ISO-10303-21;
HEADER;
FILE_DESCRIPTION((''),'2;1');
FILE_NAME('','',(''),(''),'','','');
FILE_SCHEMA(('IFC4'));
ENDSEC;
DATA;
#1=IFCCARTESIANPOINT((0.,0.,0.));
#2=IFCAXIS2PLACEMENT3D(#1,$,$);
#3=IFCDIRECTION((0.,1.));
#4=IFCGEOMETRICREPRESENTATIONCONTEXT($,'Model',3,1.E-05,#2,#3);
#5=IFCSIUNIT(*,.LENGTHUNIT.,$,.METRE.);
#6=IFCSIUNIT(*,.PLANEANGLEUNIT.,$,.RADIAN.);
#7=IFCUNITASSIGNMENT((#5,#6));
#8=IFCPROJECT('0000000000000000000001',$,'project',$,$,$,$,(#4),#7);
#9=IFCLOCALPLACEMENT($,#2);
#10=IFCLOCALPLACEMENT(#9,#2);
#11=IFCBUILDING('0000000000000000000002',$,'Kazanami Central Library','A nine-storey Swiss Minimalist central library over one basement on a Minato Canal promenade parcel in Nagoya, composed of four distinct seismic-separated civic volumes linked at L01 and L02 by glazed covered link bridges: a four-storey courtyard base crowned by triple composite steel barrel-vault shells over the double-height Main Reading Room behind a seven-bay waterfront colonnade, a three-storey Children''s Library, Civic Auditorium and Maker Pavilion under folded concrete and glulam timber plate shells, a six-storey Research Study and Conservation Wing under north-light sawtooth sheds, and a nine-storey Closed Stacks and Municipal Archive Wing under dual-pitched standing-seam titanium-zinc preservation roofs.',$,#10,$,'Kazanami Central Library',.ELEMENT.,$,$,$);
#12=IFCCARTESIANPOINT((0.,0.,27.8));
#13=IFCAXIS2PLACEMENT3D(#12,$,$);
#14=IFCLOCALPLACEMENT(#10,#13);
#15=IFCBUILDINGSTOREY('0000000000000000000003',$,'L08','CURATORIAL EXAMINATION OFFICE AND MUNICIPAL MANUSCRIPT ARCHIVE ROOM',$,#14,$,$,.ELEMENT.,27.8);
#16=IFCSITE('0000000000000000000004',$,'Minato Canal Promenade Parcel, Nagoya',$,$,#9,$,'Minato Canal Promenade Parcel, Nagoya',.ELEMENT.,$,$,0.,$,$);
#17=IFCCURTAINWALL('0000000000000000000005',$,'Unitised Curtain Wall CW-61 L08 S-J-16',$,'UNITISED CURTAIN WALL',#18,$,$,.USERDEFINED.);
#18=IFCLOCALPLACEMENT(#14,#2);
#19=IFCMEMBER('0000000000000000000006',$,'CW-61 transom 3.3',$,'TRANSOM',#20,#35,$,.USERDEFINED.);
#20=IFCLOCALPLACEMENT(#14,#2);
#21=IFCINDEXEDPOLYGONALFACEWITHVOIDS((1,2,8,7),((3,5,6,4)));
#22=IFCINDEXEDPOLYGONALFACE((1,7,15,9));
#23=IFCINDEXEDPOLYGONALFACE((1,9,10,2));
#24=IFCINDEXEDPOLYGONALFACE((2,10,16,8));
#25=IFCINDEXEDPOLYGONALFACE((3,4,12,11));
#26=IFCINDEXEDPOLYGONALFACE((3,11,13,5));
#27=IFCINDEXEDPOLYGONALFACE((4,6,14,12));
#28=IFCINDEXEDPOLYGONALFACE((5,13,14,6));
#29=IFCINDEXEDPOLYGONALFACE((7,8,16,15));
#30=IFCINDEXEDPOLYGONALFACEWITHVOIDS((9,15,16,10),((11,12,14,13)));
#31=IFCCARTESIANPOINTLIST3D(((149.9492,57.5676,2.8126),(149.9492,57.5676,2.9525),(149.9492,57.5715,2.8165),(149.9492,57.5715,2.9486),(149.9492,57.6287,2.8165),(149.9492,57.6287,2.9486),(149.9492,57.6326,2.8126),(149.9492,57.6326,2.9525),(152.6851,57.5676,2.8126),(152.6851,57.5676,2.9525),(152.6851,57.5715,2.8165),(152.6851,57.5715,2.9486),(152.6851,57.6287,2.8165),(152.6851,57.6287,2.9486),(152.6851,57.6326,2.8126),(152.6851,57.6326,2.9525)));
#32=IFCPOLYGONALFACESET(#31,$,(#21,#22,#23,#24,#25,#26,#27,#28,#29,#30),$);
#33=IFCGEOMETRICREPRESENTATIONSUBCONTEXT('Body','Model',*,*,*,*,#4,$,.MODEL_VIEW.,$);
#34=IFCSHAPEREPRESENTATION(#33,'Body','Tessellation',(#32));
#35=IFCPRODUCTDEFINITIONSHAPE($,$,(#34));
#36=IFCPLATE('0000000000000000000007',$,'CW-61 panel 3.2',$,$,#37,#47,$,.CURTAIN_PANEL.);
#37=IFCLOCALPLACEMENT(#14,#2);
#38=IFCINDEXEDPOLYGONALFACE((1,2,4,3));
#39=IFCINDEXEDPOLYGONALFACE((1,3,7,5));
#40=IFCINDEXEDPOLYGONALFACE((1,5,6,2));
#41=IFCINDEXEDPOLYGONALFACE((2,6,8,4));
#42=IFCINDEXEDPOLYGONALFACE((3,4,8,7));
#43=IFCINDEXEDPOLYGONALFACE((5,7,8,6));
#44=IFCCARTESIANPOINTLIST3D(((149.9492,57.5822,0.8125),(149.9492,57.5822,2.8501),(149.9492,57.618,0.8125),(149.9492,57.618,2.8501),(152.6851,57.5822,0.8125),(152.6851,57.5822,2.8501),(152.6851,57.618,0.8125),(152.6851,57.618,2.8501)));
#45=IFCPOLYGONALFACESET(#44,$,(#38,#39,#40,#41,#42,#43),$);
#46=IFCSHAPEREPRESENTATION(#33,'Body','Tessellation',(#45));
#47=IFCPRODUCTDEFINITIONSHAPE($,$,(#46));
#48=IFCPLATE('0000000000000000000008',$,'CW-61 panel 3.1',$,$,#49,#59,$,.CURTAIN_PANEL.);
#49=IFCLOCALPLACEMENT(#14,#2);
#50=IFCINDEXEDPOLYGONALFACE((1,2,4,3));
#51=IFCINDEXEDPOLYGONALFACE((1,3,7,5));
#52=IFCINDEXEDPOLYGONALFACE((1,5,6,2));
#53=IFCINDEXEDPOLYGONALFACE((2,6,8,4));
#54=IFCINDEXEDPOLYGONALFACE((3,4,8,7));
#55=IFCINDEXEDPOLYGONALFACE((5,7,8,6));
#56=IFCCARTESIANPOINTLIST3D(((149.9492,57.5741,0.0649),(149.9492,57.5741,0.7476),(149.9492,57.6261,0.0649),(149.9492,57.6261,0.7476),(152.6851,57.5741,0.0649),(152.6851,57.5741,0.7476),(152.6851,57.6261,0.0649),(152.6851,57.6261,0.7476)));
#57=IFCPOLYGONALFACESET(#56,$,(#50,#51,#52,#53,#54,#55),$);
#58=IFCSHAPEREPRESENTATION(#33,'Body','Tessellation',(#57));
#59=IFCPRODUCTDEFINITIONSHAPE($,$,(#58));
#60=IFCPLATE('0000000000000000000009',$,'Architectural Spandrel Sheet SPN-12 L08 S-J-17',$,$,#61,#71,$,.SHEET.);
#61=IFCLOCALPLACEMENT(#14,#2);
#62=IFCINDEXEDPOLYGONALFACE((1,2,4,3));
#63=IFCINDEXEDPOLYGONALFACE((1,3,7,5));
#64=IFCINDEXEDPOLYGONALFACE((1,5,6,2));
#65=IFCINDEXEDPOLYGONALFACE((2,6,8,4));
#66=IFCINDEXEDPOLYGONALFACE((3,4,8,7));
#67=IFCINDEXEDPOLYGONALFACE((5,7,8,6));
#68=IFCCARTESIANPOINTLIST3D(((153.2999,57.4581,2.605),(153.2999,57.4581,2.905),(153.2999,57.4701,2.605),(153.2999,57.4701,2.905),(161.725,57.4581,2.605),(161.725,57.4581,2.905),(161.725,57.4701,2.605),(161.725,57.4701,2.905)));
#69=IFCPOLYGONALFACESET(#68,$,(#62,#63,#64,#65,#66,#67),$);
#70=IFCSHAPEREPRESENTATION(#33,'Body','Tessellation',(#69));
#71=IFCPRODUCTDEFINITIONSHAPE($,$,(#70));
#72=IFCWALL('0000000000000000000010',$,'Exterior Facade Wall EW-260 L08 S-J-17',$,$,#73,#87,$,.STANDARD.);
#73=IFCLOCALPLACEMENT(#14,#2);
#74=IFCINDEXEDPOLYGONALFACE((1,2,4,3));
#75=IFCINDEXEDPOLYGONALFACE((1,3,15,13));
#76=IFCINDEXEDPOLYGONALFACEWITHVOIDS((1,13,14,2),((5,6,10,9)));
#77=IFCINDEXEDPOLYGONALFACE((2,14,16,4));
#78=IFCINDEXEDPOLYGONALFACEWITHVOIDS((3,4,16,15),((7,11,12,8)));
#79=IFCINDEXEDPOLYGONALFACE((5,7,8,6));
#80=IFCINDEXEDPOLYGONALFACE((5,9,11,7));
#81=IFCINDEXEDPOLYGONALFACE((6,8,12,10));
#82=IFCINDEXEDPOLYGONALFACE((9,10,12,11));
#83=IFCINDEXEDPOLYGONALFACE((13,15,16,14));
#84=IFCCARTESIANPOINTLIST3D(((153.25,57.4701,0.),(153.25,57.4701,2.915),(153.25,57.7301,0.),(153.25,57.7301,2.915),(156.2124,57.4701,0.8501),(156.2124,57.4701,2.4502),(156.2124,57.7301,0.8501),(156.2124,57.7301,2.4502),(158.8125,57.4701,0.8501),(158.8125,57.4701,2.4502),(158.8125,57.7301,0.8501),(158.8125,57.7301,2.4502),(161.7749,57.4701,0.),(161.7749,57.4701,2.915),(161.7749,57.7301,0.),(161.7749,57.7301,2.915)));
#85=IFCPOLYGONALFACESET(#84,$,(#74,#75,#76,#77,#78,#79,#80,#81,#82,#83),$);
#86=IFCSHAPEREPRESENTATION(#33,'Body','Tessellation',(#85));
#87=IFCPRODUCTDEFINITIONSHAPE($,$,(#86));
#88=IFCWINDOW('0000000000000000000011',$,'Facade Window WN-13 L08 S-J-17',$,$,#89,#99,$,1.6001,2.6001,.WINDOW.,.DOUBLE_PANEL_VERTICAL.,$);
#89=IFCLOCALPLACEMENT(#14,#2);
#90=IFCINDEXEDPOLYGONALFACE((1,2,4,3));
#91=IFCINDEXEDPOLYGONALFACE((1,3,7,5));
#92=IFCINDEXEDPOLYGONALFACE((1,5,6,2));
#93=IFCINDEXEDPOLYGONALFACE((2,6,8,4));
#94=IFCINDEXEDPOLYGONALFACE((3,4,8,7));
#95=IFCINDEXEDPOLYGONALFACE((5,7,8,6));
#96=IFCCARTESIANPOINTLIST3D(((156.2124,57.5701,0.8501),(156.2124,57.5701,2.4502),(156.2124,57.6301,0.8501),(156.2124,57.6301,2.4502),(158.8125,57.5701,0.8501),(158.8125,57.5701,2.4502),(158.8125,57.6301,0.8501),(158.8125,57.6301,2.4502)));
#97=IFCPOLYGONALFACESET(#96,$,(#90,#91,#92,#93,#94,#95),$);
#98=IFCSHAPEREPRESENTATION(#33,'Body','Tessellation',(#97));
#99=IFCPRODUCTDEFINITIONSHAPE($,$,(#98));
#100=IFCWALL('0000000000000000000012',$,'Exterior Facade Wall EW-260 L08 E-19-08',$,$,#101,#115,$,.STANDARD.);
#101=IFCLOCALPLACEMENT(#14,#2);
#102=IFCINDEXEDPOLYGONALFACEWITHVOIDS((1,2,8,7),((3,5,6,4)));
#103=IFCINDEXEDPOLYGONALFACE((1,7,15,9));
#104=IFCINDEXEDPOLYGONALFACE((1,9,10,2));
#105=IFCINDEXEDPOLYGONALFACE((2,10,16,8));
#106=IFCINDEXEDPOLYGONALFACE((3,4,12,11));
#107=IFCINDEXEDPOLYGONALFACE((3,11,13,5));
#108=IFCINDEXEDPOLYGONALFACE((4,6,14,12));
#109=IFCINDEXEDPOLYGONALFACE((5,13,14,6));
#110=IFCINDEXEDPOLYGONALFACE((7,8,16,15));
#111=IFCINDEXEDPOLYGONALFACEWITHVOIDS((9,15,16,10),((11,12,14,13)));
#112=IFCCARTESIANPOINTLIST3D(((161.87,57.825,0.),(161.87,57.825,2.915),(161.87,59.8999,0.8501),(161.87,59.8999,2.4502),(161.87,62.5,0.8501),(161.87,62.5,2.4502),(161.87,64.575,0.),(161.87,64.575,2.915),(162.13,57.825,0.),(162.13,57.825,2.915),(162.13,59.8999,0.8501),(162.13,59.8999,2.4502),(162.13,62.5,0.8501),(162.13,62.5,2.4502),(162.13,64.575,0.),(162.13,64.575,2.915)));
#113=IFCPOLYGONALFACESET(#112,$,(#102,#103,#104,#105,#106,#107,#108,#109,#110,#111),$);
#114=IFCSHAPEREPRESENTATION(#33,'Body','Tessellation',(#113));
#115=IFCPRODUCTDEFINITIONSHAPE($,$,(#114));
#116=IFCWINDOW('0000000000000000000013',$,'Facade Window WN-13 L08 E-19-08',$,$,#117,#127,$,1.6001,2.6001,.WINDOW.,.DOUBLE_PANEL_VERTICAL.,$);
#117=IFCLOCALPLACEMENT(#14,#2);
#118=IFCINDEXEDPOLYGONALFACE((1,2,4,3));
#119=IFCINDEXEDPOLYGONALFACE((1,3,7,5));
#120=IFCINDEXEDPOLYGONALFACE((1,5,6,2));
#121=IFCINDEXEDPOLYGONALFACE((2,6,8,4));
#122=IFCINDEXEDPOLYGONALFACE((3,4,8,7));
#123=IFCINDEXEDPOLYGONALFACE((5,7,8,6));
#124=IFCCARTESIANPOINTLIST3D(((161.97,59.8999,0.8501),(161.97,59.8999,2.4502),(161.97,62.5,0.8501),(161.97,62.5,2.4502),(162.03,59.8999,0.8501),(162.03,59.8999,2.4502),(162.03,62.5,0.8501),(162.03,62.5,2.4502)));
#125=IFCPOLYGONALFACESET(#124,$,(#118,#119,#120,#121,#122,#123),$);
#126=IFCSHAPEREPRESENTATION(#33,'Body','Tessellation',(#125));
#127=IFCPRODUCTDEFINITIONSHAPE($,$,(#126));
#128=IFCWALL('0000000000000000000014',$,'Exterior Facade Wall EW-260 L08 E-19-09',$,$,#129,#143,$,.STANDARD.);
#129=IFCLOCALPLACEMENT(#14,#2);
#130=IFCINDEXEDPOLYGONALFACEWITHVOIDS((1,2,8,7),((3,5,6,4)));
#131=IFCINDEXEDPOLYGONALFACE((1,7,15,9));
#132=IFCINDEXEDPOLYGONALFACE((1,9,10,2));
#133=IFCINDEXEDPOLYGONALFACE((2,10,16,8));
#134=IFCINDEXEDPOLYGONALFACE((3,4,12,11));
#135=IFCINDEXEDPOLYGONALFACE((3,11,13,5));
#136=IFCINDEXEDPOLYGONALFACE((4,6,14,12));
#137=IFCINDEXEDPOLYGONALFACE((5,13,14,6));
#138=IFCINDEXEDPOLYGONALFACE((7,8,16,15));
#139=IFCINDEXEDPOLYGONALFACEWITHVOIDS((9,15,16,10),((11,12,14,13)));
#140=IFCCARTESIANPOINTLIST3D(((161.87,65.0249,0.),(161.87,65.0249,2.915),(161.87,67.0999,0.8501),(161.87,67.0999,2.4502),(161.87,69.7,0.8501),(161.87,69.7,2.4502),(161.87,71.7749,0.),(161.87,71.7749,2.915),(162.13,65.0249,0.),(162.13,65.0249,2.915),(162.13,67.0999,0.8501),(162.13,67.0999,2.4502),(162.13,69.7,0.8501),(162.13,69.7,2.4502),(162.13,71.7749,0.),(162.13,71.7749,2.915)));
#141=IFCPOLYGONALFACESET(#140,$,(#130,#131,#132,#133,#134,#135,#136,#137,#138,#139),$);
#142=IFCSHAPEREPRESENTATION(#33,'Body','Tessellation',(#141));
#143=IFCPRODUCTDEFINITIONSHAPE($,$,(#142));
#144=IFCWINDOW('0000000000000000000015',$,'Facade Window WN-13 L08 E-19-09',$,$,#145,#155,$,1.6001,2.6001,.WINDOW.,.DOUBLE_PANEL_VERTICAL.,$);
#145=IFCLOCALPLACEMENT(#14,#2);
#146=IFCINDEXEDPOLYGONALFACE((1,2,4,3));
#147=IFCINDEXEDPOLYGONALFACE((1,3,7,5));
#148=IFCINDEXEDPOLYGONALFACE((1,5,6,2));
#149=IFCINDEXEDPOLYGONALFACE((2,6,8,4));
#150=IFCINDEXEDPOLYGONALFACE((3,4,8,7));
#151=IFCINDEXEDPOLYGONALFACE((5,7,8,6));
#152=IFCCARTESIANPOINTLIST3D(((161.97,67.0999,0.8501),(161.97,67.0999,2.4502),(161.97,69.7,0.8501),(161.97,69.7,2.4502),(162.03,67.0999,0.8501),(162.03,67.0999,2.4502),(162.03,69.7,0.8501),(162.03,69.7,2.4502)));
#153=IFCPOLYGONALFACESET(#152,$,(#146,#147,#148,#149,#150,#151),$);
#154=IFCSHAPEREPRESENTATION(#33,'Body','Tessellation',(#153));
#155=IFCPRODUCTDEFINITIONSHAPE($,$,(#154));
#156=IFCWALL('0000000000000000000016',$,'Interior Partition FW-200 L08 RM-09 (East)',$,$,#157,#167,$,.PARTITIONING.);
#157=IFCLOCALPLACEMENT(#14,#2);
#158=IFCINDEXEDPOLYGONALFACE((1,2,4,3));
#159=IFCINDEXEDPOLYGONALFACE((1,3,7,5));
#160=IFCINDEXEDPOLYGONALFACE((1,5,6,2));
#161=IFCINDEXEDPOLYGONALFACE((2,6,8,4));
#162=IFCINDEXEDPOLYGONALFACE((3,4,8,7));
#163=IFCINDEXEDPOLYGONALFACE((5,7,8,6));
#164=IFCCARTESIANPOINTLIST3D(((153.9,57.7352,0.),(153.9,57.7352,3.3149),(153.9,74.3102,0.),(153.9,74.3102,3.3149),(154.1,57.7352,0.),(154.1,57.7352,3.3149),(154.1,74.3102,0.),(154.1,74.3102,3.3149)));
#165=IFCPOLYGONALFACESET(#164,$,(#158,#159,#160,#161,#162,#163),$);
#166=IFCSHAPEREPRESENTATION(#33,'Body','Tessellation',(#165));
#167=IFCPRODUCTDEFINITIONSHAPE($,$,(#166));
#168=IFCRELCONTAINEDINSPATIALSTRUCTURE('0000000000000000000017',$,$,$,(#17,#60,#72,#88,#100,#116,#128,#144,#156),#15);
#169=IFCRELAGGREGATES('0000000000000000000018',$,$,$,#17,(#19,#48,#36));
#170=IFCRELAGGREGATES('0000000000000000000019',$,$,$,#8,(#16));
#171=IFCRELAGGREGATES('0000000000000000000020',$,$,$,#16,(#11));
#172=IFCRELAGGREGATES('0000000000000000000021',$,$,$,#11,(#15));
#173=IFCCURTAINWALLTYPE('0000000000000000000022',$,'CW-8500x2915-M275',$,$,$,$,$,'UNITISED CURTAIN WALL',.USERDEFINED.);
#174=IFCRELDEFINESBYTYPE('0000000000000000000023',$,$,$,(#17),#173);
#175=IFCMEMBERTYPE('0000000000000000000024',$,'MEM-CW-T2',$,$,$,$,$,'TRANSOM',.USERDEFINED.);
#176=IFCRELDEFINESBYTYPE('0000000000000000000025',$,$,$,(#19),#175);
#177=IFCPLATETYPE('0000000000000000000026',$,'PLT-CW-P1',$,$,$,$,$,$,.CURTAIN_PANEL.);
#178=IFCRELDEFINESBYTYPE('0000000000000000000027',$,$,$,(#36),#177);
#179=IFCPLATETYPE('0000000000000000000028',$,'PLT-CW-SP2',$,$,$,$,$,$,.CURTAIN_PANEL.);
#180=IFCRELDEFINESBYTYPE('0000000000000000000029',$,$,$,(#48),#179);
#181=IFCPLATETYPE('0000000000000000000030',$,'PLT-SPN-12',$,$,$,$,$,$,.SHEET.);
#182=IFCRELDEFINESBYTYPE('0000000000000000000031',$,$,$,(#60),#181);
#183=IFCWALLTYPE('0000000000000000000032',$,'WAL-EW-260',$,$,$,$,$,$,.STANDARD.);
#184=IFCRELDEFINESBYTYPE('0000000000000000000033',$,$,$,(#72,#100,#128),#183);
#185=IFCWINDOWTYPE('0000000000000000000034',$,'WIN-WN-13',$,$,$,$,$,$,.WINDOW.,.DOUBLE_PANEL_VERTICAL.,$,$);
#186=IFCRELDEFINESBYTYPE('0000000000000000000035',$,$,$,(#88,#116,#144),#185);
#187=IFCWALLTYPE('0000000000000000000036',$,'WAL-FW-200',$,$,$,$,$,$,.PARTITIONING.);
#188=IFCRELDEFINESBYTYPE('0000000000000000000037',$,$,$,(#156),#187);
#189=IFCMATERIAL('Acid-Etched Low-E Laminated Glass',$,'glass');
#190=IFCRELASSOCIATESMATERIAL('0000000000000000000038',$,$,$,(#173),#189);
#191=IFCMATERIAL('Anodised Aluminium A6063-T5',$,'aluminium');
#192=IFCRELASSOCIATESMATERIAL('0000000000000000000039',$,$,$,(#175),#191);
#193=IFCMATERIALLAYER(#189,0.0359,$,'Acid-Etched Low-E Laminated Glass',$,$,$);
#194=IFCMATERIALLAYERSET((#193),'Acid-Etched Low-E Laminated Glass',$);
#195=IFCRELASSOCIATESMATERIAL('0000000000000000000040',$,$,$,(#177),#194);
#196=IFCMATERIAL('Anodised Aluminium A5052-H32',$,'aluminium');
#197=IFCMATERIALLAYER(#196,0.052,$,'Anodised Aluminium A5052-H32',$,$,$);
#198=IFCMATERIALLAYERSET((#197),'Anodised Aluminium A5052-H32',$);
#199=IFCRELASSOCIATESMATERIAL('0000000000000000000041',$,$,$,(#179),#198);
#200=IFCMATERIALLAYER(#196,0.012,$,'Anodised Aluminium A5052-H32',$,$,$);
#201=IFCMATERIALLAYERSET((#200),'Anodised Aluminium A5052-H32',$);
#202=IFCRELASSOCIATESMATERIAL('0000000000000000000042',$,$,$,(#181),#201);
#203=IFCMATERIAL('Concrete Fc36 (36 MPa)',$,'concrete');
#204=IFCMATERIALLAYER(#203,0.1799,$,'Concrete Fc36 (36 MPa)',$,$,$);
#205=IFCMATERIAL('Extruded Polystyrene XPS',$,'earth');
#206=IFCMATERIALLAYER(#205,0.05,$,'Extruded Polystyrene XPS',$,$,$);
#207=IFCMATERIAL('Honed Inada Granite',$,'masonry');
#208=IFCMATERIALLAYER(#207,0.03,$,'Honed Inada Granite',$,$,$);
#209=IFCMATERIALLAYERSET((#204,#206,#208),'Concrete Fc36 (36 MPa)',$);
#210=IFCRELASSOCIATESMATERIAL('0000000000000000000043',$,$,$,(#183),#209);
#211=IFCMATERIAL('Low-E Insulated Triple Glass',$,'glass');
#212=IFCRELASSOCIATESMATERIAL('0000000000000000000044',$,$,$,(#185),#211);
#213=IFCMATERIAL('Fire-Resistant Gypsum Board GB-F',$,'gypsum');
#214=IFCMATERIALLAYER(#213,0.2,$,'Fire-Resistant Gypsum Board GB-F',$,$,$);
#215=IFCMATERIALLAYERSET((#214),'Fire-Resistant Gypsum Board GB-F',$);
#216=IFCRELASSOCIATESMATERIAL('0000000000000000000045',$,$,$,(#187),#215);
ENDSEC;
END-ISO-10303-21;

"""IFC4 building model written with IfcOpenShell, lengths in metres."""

from ifc_helpers import new_model, si_unit, direction, frame, frame_2d, origin, origin_2d, place, context, subcontext, project, spatial, rectangle, hollow_rectangle, extrude, material, layer, layer_set, material_profile, profile_set, type_object, element, fill, aggregate, save


model = new_model("IFC4")

# Units and contexts
model_context = context("Model", 3, precision=1e-05, world=origin(), true_north=direction((0.0, 1.0)))
body_context = subcontext(model_context, "Body", "Model", "MODEL_VIEW")
ifc_project = project(units=[si_unit("LENGTHUNIT", "METRE"), si_unit("PLANEANGLEUNIT", "RADIAN")], contexts=[model_context])

# Site, building, storey
site_placement = place(None, origin())
site = spatial("IfcSite", under=ifc_project, at=site_placement, Name="Minato Canal Promenade Parcel, Nagoya", LongName="Minato Canal Promenade Parcel, Nagoya", CompositionType="ELEMENT", RefElevation=0.0)
building_placement = place(site_placement, origin())
building = spatial("IfcBuilding", under=site, at=building_placement, Name="Kazanami Central Library", Description="A nine-storey Swiss Minimalist central library over one basement on a Minato Canal promenade parcel in Nagoya, composed of four distinct seismic-separated civic volumes linked at L01 and L02 by glazed covered link bridges: a four-storey courtyard base crowned by triple composite steel barrel-vault shells over the double-height Main Reading Room behind a seven-bay waterfront colonnade, a three-storey Children's Library, Civic Auditorium and Maker Pavilion under folded concrete and glulam timber plate shells, a six-storey Research Study and Conservation Wing under north-light sawtooth sheds, and a nine-storey Closed Stacks and Municipal Archive Wing under dual-pitched standing-seam titanium-zinc preservation roofs.", LongName="Kazanami Central Library", CompositionType="ELEMENT")
storey_placement = place(building_placement, frame((0.0, 0.0, 27.8)))
storey = spatial("IfcBuildingStorey", under=building, at=storey_placement, Name="L08", Description="CURATORIAL EXAMINATION OFFICE AND MUNICIPAL MANUSCRIPT ARCHIVE ROOM", CompositionType="ELEMENT", Elevation=27.8)

# Curtain wall, member, plates
ifc_material_1 = material(Name="Acid-Etched Low-E Laminated Glass", Category="glass")
curtain_wall_type = type_object("IfcCurtainWallType", Name="CW-8500x2915-M275", ElementType="UNITISED CURTAIN WALL", PredefinedType="USERDEFINED", material=ifc_material_1)
curtain_wall_placement = place(storey_placement, origin())
curtain_wall = element("IfcCurtainWall", 1, at=curtain_wall_placement, inside=storey, type_object=curtain_wall_type, Name="Unitised Curtain Wall CW-61 L08 S-J-16", ObjectType="UNITISED CURTAIN WALL", PredefinedType="USERDEFINED")
ifc_material_2 = material(Name="Anodised Aluminium A6063-T5", Category="aluminium")
ifc_material_profile_1 = material_profile(ifc_material_2, hollow_rectangle(XDim=0.0649, YDim=0.1399, WallThickness=0.0039, at=origin_2d()), Name="ALU-TRAN-65x140x4")
ifc_profile_set_1 = profile_set([ifc_material_profile_1], Name="Anodised Aluminium A6063-T5")
member_type_1 = type_object("IfcMemberType", Name="MEM-CW-T2", ElementType="TRANSOM", PredefinedType="USERDEFINED", material=ifc_profile_set_1)
member_1_placement = place(storey_placement, frame((149.9492, 57.6001, 2.8826), z_axis=(1.0, 0.0, 0.0), x_axis=(0.0, 1.0, 0.0)))
member_1 = element("IfcMember", 2, at=member_1_placement, type_object=member_type_1, Name="CW-61 transom 3.3", ObjectType="TRANSOM", PredefinedType="USERDEFINED", context=body_context, shape_type="SweptSolid", body=[
    extrude(hollow_rectangle(XDim=0.0649, YDim=0.1399, WallThickness=0.0039, at=origin_2d()), origin(), (0.0, 0.0, 1.0), 2.7358),
])
ifc_layer_1 = layer(ifc_material_1, 0.0359, Name="Acid-Etched Low-E Laminated Glass")
ifc_layer_set_1 = layer_set([ifc_layer_1], Name="Acid-Etched Low-E Laminated Glass")
plate_type_1 = type_object("IfcPlateType", Name="PLT-CW-P1", PredefinedType="CURTAIN_PANEL", material=ifc_layer_set_1)
plate_1_placement = place(storey_placement, frame((151.3171, 57.6001, 0.8125), z_axis=(0.0, 0.0, 1.0), x_axis=(1.0, 0.0, 0.0)))
plate_1 = element("IfcPlate", 3, at=plate_1_placement, type_object=plate_type_1, Name="CW-61 panel 3.2", PredefinedType="CURTAIN_PANEL", context=body_context, shape_type="SweptSolid", body=[
    extrude(rectangle(XDim=2.7358, YDim=0.0359, at=origin_2d()), origin(), (0.0, 0.0, 1.0), 2.0376),
])
ifc_material_3 = material(Name="Anodised Aluminium A5052-H32", Category="aluminium")
ifc_layer_2 = layer(ifc_material_3, 0.052, Name="Anodised Aluminium A5052-H32")
ifc_layer_set_2 = layer_set([ifc_layer_2], Name="Anodised Aluminium A5052-H32")
plate_type_2 = type_object("IfcPlateType", Name="PLT-CW-SP2", PredefinedType="CURTAIN_PANEL", material=ifc_layer_set_2)
plate_2_placement = place(storey_placement, frame((151.3171, 57.6001, 0.0649), z_axis=(0.0, 0.0, 1.0), x_axis=(1.0, 0.0, 0.0)))
plate_2 = element("IfcPlate", 4, at=plate_2_placement, type_object=plate_type_2, Name="CW-61 panel 3.1", PredefinedType="CURTAIN_PANEL", context=body_context, shape_type="SweptSolid", body=[
    extrude(rectangle(XDim=2.7358, YDim=0.052, at=origin_2d()), origin(), (0.0, 0.0, 1.0), 0.6826),
])
aggregate(curtain_wall, [member_1, plate_2, plate_1])

# Plate
ifc_layer_3 = layer(ifc_material_3, 0.012, Name="Anodised Aluminium A5052-H32")
ifc_layer_set_3 = layer_set([ifc_layer_3], Name="Anodised Aluminium A5052-H32")
plate_type_3 = type_object("IfcPlateType", Name="PLT-SPN-12", PredefinedType="SHEET", material=ifc_layer_set_3)
plate_3_placement = place(storey_placement, frame((157.5125, 57.4641, 2.605), z_axis=(0.0, 0.0, 1.0), x_axis=(1.0, 0.0, 0.0)))
element("IfcPlate", 5, at=plate_3_placement, inside=storey, type_object=plate_type_3, Name="Architectural Spandrel Sheet SPN-12 L08 S-J-17", PredefinedType="SHEET", context=body_context, shape_type="SweptSolid", body=[
    extrude(rectangle(XDim=8.425, YDim=0.012, at=origin_2d()), origin(), (0.0, 0.0, 1.0), 0.3),
])

# Walls, openings, windows
ifc_material_4 = material(Name="Concrete Fc36 (36 MPa)", Category="concrete")
ifc_layer_4 = layer(ifc_material_4, 0.1799, Name="Concrete Fc36 (36 MPa)")
ifc_material_5 = material(Name="Extruded Polystyrene XPS", Category="earth")
ifc_layer_5 = layer(ifc_material_5, 0.05, Name="Extruded Polystyrene XPS")
ifc_material_6 = material(Name="Honed Inada Granite", Category="masonry")
ifc_layer_6 = layer(ifc_material_6, 0.03, Name="Honed Inada Granite")
ifc_layer_set_4 = layer_set([ifc_layer_4, ifc_layer_5, ifc_layer_6], Name="Concrete Fc36 (36 MPa)")
wall_type_1 = type_object("IfcWallType", Name="WAL-EW-260", PredefinedType="STANDARD", material=ifc_layer_set_4)
wall_1_placement = place(storey_placement, frame((153.25, 57.6001, 0.0), z_axis=(0.0, 0.0, 1.0), x_axis=(1.0, 0.0, 0.0)))
wall_1 = element("IfcWall", 6, at=wall_1_placement, inside=storey, type_object=wall_type_1, Name="Exterior Facade Wall EW-260 L08 S-J-17", PredefinedType="STANDARD", context=body_context, shape_type="SweptSolid", body=[
    extrude(rectangle(XDim=8.5249, YDim=0.26, at=frame_2d((4.2625, 0.0))), origin(), (0.0, 0.0, 1.0), 2.915),
])
opening_1_placement = place(wall_1_placement, frame((2.9624, 0.0, 0.8501)))
opening_1 = element("IfcOpeningElement", 7, at=opening_1_placement, cuts=wall_1, PredefinedType="OPENING", context=body_context, shape_type="SweptSolid", body=[
    extrude(rectangle(XDim=2.6001, YDim=1.6001, at=frame_2d((1.3, 0.8))), frame((0.0, 0.1421, 0.0), z_axis=(0.0, -1.0, 0.0), x_axis=(1.0, 0.0, 0.0)), (0.0, 0.0, 1.0), 0.2839),
])
ifc_material_7 = material(Name="Low-E Insulated Triple Glass", Category="glass")
window_type = type_object("IfcWindowType", Name="WIN-WN-13", PartitioningType="DOUBLE_PANEL_VERTICAL", PredefinedType="WINDOW", material=ifc_material_7)
window_1_placement = place(opening_1_placement, origin())
window_1 = element("IfcWindow", 8, at=window_1_placement, inside=storey, type_object=window_type, Name="Facade Window WN-13 L08 S-J-17", OverallHeight=1.6001, OverallWidth=2.6001, PartitioningType="DOUBLE_PANEL_VERTICAL", PredefinedType="WINDOW", context=body_context, shape_type="SweptSolid", body=[
    extrude(rectangle(XDim=2.6001, YDim=1.6001, at=frame_2d((1.3, 0.8))), frame((0.0, 0.03, 0.0), z_axis=(0.0, -1.0, 0.0), x_axis=(1.0, 0.0, 0.0)), (0.0, 0.0, 1.0), 0.0601),
])
fill(opening_1, window_1)
wall_2_placement = place(storey_placement, frame((162.0, 64.575, 0.0), z_axis=(0.0, 0.0, 1.0), x_axis=(0.0, -1.0, 0.0)))
wall_2 = element("IfcWall", 9, at=wall_2_placement, inside=storey, type_object=wall_type_1, Name="Exterior Facade Wall EW-260 L08 E-19-08", PredefinedType="STANDARD", context=body_context, shape_type="SweptSolid", body=[
    extrude(rectangle(XDim=6.75, YDim=0.26, at=frame_2d((3.375, 0.0))), origin(), (0.0, 0.0, 1.0), 2.915),
])
opening_2_placement = place(wall_2_placement, frame((2.075, 0.0, 0.8501)))
opening_2 = element("IfcOpeningElement", 10, at=opening_2_placement, cuts=wall_2, PredefinedType="OPENING", context=body_context, shape_type="SweptSolid", body=[
    extrude(rectangle(XDim=2.6001, YDim=1.6001, at=frame_2d((1.3, 0.8))), frame((0.0, 0.1421, 0.0), z_axis=(0.0, -1.0, 0.0), x_axis=(1.0, 0.0, 0.0)), (0.0, 0.0, 1.0), 0.2839),
])
window_2_placement = place(opening_2_placement, origin())
window_2 = element("IfcWindow", 11, at=window_2_placement, inside=storey, type_object=window_type, Name="Facade Window WN-13 L08 E-19-08", OverallHeight=1.6001, OverallWidth=2.6001, PartitioningType="DOUBLE_PANEL_VERTICAL", PredefinedType="WINDOW", context=body_context, shape_type="SweptSolid", body=[
    extrude(rectangle(XDim=2.6001, YDim=1.6001, at=frame_2d((1.3, 0.8))), frame((0.0, 0.03, 0.0), z_axis=(0.0, -1.0, 0.0), x_axis=(1.0, 0.0, 0.0)), (0.0, 0.0, 1.0), 0.0601),
])
fill(opening_2, window_2)
wall_3_placement = place(storey_placement, frame((162.0, 71.7749, 0.0), z_axis=(0.0, 0.0, 1.0), x_axis=(0.0, -1.0, 0.0)))
wall_3 = element("IfcWall", 12, at=wall_3_placement, inside=storey, type_object=wall_type_1, Name="Exterior Facade Wall EW-260 L08 E-19-09", PredefinedType="STANDARD", context=body_context, shape_type="SweptSolid", body=[
    extrude(rectangle(XDim=6.75, YDim=0.26, at=frame_2d((3.375, 0.0))), origin(), (0.0, 0.0, 1.0), 2.915),
])
opening_3_placement = place(wall_3_placement, frame((2.075, 0.0, 0.8501)))
opening_3 = element("IfcOpeningElement", 13, at=opening_3_placement, cuts=wall_3, PredefinedType="OPENING", context=body_context, shape_type="SweptSolid", body=[
    extrude(rectangle(XDim=2.6001, YDim=1.6001, at=frame_2d((1.3, 0.8))), frame((0.0, 0.1421, 0.0), z_axis=(0.0, -1.0, 0.0), x_axis=(1.0, 0.0, 0.0)), (0.0, 0.0, 1.0), 0.2839),
])
window_3_placement = place(opening_3_placement, origin())
window_3 = element("IfcWindow", 14, at=window_3_placement, inside=storey, type_object=window_type, Name="Facade Window WN-13 L08 E-19-09", OverallHeight=1.6001, OverallWidth=2.6001, PartitioningType="DOUBLE_PANEL_VERTICAL", PredefinedType="WINDOW", context=body_context, shape_type="SweptSolid", body=[
    extrude(rectangle(XDim=2.6001, YDim=1.6001, at=frame_2d((1.3, 0.8))), frame((0.0, 0.03, 0.0), z_axis=(0.0, -1.0, 0.0), x_axis=(1.0, 0.0, 0.0)), (0.0, 0.0, 1.0), 0.0601),
])
fill(opening_3, window_3)

# Wall
ifc_material_8 = material(Name="Fire-Resistant Gypsum Board GB-F", Category="gypsum")
ifc_layer_7 = layer(ifc_material_8, 0.2, Name="Fire-Resistant Gypsum Board GB-F")
ifc_layer_set_5 = layer_set([ifc_layer_7], Name="Fire-Resistant Gypsum Board GB-F")
wall_type_2 = type_object("IfcWallType", Name="WAL-FW-200", PredefinedType="PARTITIONING", material=ifc_layer_set_5)
wall_4_placement = place(storey_placement, frame((154.0, 57.7351, 0.0), z_axis=(0.0, 0.0, 1.0), x_axis=(0.0, 1.0, 0.0)))
element("IfcWall", 15, at=wall_4_placement, inside=storey, type_object=wall_type_2, Name="Interior Partition FW-200 L08 RM-09 (East)", PredefinedType="PARTITIONING", context=body_context, shape_type="SweptSolid", body=[
    extrude(rectangle(XDim=16.575, YDim=0.2, at=frame_2d((8.2876, 0.0))), origin(), (0.0, 0.0, 1.0), 3.3149),
])

save(model, "model.ifc")
